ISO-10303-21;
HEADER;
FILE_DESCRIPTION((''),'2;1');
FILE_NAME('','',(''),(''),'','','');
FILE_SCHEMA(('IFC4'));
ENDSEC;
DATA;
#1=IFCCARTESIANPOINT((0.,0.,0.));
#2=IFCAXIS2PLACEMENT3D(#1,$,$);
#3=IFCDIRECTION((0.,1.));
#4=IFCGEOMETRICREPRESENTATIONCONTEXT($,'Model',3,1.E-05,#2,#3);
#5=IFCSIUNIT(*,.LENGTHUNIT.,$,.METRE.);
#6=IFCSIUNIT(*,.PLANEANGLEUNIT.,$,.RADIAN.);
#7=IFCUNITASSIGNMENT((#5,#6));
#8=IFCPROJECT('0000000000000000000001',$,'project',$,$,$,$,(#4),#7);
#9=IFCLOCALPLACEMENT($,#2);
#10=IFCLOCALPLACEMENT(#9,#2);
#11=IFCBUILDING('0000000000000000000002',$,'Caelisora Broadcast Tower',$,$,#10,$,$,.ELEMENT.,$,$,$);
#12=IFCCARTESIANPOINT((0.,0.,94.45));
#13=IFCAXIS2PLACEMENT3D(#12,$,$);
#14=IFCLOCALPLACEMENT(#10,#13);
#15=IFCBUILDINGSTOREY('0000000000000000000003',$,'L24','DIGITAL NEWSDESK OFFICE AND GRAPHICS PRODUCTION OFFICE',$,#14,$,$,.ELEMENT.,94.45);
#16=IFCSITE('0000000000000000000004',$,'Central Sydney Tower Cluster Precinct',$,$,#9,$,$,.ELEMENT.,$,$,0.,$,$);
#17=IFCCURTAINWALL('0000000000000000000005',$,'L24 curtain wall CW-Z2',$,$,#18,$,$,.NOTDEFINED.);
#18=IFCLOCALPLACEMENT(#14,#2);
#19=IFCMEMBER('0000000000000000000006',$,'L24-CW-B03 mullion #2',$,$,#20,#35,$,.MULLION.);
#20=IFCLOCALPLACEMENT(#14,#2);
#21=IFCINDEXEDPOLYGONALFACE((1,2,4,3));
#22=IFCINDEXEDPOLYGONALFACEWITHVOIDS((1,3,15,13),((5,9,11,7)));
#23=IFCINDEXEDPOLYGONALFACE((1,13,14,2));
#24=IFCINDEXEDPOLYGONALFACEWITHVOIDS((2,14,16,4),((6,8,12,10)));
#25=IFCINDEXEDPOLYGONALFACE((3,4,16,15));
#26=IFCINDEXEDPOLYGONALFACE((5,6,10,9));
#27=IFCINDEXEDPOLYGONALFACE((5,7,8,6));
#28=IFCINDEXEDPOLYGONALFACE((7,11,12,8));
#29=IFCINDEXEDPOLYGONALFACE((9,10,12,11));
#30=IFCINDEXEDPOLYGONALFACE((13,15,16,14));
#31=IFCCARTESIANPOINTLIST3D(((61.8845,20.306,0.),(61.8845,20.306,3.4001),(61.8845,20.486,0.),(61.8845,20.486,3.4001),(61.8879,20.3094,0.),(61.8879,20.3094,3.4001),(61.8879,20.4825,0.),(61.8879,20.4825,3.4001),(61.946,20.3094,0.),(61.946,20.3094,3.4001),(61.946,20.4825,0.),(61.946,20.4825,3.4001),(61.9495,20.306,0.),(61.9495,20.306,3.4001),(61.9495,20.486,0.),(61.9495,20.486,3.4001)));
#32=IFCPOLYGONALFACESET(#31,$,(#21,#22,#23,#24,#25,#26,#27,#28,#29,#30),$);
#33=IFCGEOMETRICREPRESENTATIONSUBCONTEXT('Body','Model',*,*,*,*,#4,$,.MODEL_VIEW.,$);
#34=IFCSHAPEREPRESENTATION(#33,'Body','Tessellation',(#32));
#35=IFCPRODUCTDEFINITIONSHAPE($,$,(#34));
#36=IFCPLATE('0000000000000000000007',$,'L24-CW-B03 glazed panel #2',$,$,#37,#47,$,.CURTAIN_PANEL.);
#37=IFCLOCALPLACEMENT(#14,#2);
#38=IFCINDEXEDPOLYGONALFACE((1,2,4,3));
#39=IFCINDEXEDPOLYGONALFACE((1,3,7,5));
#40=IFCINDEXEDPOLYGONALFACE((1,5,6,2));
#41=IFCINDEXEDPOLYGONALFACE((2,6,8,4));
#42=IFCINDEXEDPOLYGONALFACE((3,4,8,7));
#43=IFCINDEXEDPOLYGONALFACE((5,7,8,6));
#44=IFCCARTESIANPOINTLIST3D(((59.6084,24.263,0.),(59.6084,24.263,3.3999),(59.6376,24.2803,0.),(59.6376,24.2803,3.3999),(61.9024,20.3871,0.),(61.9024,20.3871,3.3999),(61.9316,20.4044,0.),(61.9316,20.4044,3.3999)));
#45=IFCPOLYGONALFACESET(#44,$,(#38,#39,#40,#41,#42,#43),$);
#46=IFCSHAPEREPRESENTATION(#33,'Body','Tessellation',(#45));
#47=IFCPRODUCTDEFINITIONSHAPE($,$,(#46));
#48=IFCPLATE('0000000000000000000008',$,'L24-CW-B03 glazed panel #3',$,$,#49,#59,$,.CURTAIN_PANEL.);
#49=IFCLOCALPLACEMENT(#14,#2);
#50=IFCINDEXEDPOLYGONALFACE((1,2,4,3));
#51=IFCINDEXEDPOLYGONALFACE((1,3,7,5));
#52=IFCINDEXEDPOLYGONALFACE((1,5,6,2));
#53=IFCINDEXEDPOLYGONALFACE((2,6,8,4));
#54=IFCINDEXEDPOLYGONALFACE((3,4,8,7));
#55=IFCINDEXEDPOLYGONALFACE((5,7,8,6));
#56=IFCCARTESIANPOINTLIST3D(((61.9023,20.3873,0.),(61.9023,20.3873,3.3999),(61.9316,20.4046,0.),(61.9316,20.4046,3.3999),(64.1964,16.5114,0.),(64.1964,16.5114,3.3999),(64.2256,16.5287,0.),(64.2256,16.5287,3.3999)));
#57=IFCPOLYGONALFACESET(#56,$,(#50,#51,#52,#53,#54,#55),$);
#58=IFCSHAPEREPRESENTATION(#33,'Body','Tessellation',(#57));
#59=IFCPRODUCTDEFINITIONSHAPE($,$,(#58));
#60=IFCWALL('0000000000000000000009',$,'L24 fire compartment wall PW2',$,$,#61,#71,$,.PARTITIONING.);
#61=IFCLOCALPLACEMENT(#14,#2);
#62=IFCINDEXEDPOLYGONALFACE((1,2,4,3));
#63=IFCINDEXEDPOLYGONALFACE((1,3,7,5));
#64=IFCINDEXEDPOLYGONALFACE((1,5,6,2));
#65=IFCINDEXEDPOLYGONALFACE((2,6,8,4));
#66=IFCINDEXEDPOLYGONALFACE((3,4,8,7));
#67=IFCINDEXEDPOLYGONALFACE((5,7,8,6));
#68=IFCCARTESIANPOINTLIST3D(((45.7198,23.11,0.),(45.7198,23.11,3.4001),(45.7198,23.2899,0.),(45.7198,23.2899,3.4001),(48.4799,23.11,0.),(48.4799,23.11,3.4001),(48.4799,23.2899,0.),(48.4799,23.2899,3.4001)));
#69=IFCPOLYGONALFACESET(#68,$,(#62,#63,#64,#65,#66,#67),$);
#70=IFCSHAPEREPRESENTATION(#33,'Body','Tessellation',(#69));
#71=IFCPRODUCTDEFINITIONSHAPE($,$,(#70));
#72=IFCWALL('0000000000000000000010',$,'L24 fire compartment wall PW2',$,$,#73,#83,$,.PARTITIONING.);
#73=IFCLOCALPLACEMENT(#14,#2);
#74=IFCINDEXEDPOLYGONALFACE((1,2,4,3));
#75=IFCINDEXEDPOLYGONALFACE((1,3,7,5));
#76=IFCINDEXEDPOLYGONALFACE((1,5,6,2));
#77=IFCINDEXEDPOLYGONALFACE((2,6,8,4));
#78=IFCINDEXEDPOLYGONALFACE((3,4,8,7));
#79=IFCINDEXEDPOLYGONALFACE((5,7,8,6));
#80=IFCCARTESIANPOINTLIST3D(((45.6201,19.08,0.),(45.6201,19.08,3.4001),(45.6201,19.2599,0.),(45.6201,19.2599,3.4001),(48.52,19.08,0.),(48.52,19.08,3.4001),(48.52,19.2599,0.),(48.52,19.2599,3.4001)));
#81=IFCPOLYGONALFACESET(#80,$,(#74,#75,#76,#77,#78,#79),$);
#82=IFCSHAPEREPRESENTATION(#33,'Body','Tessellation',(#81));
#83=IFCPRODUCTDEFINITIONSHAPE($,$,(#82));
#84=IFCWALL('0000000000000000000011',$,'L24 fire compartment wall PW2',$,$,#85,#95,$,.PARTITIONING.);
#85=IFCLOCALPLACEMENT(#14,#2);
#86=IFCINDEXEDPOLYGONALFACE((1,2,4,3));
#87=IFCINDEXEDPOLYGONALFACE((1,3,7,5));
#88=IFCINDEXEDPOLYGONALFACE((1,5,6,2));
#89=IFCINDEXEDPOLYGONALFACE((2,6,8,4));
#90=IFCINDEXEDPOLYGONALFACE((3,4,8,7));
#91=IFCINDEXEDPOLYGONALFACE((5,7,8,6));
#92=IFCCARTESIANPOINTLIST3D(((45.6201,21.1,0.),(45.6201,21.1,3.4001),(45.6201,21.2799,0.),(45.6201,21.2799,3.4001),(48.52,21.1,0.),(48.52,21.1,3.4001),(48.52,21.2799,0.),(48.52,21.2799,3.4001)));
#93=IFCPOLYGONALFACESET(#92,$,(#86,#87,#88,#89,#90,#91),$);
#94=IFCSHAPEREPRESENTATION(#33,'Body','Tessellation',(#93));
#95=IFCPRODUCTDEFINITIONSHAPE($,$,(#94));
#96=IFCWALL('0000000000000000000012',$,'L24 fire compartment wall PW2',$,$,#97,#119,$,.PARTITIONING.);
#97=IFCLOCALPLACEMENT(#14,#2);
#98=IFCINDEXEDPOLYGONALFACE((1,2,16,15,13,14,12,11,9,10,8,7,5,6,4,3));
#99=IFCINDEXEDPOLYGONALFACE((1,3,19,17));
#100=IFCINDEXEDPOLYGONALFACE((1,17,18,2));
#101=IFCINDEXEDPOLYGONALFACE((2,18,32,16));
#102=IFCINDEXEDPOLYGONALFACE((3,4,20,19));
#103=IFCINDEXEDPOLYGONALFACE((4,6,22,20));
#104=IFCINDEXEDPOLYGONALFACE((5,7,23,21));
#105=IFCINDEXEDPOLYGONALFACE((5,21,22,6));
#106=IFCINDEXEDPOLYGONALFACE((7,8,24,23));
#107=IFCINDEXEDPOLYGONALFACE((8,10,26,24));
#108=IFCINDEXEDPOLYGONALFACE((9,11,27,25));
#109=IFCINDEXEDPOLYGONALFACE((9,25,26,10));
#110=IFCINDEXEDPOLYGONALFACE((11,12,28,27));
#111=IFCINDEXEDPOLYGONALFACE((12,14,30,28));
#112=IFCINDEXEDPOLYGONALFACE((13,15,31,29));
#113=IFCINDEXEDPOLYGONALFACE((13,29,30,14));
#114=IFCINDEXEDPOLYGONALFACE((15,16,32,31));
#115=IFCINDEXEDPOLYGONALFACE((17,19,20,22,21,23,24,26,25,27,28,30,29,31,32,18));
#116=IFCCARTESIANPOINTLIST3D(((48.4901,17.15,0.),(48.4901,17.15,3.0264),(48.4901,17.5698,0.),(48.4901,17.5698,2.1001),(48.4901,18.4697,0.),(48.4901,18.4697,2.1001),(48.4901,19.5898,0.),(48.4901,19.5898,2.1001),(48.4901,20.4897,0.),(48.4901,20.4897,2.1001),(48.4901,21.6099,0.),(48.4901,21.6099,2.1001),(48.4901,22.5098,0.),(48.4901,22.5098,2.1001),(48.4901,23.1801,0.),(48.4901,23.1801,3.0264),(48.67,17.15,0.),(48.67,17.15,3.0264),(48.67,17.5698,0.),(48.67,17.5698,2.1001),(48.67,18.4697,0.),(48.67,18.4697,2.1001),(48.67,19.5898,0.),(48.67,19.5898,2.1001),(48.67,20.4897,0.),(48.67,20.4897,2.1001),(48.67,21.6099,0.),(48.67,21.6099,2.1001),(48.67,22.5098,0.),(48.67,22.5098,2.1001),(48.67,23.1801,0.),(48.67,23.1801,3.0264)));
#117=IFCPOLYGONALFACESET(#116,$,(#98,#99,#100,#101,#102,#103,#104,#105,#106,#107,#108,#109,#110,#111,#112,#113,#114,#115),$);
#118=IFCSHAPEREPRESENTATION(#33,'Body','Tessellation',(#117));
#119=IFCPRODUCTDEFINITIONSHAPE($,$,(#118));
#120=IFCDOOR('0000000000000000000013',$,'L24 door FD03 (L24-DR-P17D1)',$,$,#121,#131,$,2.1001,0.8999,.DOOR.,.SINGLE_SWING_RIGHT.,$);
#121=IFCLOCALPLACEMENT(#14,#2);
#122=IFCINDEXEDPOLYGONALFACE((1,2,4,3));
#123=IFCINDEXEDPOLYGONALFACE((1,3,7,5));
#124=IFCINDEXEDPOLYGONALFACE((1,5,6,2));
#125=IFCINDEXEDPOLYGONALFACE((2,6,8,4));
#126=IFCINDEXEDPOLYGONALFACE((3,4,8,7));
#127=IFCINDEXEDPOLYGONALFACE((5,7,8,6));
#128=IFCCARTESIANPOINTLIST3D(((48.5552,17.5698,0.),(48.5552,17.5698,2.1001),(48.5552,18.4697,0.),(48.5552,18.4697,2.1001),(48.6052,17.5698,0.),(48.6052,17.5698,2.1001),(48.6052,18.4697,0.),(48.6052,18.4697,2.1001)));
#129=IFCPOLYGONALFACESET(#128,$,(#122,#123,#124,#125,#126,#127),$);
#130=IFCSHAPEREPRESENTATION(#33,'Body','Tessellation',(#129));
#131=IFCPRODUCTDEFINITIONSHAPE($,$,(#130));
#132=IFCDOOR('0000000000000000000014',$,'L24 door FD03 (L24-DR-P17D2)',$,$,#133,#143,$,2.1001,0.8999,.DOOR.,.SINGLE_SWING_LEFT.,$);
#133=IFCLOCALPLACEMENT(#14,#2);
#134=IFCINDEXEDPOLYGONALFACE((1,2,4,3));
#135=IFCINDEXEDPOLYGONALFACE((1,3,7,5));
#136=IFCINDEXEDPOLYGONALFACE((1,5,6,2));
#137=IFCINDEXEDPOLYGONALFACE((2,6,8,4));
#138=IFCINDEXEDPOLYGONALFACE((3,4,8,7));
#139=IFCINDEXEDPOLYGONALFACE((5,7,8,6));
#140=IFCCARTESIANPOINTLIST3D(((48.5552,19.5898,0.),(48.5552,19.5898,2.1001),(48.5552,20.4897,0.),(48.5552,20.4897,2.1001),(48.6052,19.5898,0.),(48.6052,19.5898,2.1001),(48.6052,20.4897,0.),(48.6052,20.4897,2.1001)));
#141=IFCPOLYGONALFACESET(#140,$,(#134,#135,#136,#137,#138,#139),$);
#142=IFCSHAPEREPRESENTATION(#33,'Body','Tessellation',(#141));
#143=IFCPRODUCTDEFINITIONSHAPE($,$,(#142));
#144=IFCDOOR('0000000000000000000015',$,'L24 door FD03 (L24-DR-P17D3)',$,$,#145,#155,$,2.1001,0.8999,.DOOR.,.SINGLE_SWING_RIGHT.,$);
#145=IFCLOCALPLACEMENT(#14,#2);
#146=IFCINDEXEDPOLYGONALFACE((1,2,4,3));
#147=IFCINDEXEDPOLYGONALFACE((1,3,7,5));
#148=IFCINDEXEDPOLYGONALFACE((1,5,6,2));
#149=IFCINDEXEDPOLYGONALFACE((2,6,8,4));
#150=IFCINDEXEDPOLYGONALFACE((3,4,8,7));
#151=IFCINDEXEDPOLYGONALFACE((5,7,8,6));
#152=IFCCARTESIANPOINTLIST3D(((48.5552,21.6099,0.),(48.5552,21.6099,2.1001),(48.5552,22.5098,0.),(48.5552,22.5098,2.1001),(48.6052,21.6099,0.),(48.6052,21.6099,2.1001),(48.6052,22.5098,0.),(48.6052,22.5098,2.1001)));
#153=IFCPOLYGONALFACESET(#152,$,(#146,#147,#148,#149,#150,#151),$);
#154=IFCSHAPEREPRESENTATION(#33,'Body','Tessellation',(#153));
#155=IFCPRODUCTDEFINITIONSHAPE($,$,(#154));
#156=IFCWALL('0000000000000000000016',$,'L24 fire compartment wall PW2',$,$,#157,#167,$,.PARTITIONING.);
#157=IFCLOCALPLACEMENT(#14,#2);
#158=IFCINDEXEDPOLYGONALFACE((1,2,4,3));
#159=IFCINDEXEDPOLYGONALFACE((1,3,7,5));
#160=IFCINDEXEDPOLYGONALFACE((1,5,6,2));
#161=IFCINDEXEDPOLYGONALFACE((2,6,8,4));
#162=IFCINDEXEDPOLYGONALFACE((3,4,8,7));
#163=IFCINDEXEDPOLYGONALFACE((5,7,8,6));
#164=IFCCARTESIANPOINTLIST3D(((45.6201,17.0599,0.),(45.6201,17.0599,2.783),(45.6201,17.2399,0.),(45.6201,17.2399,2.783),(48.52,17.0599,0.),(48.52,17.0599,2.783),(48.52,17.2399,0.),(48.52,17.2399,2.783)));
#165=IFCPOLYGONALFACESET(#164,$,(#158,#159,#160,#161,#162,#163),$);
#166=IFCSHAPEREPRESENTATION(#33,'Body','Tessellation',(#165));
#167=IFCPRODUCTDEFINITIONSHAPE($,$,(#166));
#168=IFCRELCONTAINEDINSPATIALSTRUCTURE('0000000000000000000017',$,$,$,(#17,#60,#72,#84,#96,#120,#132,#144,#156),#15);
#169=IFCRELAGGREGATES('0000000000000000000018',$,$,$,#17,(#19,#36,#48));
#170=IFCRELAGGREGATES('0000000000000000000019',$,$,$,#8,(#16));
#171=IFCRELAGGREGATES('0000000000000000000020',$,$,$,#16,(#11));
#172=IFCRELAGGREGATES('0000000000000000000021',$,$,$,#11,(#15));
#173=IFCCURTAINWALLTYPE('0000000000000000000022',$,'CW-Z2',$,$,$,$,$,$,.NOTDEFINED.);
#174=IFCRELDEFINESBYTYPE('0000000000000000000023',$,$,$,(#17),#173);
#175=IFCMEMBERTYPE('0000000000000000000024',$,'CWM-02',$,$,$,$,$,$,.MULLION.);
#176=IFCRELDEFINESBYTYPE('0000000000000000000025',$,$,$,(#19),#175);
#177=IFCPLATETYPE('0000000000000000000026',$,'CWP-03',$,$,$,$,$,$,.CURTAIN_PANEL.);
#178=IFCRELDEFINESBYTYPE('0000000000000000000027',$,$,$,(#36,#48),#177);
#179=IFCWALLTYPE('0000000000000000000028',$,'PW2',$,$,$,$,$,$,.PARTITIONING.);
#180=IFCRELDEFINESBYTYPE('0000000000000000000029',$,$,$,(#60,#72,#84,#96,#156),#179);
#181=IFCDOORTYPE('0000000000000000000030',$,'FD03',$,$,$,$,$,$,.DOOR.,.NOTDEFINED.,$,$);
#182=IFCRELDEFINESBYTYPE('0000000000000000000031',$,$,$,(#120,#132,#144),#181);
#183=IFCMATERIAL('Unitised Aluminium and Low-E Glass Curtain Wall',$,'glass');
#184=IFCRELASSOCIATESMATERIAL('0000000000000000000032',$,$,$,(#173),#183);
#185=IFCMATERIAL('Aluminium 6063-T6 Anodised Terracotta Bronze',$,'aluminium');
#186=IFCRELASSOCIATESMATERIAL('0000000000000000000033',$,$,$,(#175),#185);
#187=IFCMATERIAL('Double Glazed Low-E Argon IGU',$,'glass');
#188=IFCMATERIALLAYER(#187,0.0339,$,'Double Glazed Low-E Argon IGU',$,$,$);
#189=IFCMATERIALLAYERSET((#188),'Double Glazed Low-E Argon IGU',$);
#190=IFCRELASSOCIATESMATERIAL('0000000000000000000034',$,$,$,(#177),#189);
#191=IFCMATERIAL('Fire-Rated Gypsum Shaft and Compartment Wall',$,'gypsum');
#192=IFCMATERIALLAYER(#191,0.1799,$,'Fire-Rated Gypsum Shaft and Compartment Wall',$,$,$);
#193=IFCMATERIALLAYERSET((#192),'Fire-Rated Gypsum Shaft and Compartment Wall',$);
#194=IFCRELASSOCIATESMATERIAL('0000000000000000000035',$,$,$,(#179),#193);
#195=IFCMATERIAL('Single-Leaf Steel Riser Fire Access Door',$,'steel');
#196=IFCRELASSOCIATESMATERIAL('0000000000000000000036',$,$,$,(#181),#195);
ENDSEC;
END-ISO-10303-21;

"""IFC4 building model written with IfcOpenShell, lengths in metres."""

from ifc_helpers import new_model, si_unit, direction, frame, frame_2d, origin, origin_2d, place, context, subcontext, project, spatial, rectangle, hollow_rectangle, extrude, source, transform, mapped, material, layer, layer_set, material_profile, profile_set, type_object, type_shapes, element, fill, aggregate, save


model = new_model("IFC4")

# Units and contexts
model_context = context("Model", 3, precision=1e-05, world=origin(), true_north=direction((0.0, 1.0)))
body_context = subcontext(model_context, "Body", "Model", "MODEL_VIEW")
ifc_project = project(units=[si_unit("LENGTHUNIT", "METRE"), si_unit("PLANEANGLEUNIT", "RADIAN")], contexts=[model_context])

# Site, building, storey
site_placement = place(None, origin())
site = spatial("IfcSite", under=ifc_project, at=site_placement, Name="Central Sydney Tower Cluster Precinct", CompositionType="ELEMENT", RefElevation=0.0)
building_placement = place(site_placement, origin())
building = spatial("IfcBuilding", under=site, at=building_placement, Name="Caelisora Broadcast Tower", CompositionType="ELEMENT")
storey_placement = place(building_placement, frame((0.0, 0.0, 94.45)))
storey = spatial("IfcBuildingStorey", under=building, at=storey_placement, Name="L24", Description="DIGITAL NEWSDESK OFFICE AND GRAPHICS PRODUCTION OFFICE", CompositionType="ELEMENT", Elevation=94.45)

# Curtain wall, member, plates
ifc_material_1 = material(Name="Unitised Aluminium and Low-E Glass Curtain Wall", Category="glass")
curtain_wall_type = type_object("IfcCurtainWallType", Name="CW-Z2", PredefinedType="NOTDEFINED", material=ifc_material_1)
curtain_wall_placement = place(storey_placement, origin())
curtain_wall = element("IfcCurtainWall", 1, at=curtain_wall_placement, inside=storey, type_object=curtain_wall_type, Name="L24 curtain wall CW-Z2", PredefinedType="NOTDEFINED")
ifc_material_2 = material(Name="Aluminium 6063-T6 Anodised Terracotta Bronze", Category="aluminium")
ifc_material_profile_1 = material_profile(ifc_material_2, hollow_rectangle(XDim=0.0649, YDim=0.1799, WallThickness=0.0034, at=origin_2d()), Name="Aluminium 6063-T6 Anodised Terracotta Bronze")
ifc_profile_set_1 = profile_set([ifc_material_profile_1], Name="Aluminium 6063-T6 Anodised Terracotta Bronze")
member_type = type_object("IfcMemberType", Name="CWM-02", PredefinedType="MULLION", material=ifc_profile_set_1)
shared_shape_1 = source(origin(), body_context, "Body", "SweptSolid", [
    extrude(hollow_rectangle(XDim=0.0649, YDim=0.1799, WallThickness=0.0034, at=origin_2d()), origin(), (0.0, 0.0, 1.0), 3.4001),
])
type_shapes(member_type, [shared_shape_1])
member_placement = place(storey_placement, frame((61.917, 20.396, 0.0), z_axis=(0.0, 0.0, 1.0), x_axis=(1.0, 0.0, 0.0)))
member = element("IfcMember", 2, at=member_placement, type_object=member_type, Name="L24-CW-B03 mullion #2", PredefinedType="MULLION", context=body_context, shape_type="MappedRepresentation", body=[
    mapped(shared_shape_1, transform((0.0, 0.0, 0.0), scale=1.0)),
])
ifc_material_3 = material(Name="Double Glazed Low-E Argon IGU", Category="glass")
ifc_layer_1 = layer(ifc_material_3, 0.0339, Name="Double Glazed Low-E Argon IGU")
ifc_layer_set_1 = layer_set([ifc_layer_1], Name="Double Glazed Low-E Argon IGU")
plate_type = type_object("IfcPlateType", Name="CWP-03", PredefinedType="CURTAIN_PANEL", material=ifc_layer_set_1)
shared_shape_2 = source(origin(), body_context, "Body", "SweptSolid", [
    extrude(rectangle(XDim=4.5039, YDim=0.0339, at=origin_2d()), origin(), (0.0, 0.0, 1.0), 3.3999),
])
type_shapes(plate_type, [shared_shape_2])
plate_1_placement = place(storey_placement, frame((60.77, 22.3337, 0.0), z_axis=(0.0, 0.0, 1.0), x_axis=(0.509342, -0.860564, 0.0)))
plate_1 = element("IfcPlate", 3, at=plate_1_placement, type_object=plate_type, Name="L24-CW-B03 glazed panel #2", PredefinedType="CURTAIN_PANEL", context=body_context, shape_type="MappedRepresentation", body=[
    mapped(shared_shape_2, transform((0.0, 0.0, 0.0), scale=1.0)),
])
plate_2_placement = place(storey_placement, frame((63.064, 18.458, 0.0), z_axis=(0.0, 0.0, 1.0), x_axis=(0.509342, -0.860564, 0.0)))
plate_2 = element("IfcPlate", 4, at=plate_2_placement, type_object=plate_type, Name="L24-CW-B03 glazed panel #3", PredefinedType="CURTAIN_PANEL", context=body_context, shape_type="MappedRepresentation", body=[
    mapped(shared_shape_2, transform((0.0, 0.0, 0.0), scale=1.0)),
])
aggregate(curtain_wall, [member, plate_1, plate_2])

# Walls
ifc_material_4 = material(Name="Fire-Rated Gypsum Shaft and Compartment Wall", Category="gypsum")
ifc_layer_2 = layer(ifc_material_4, 0.1799, Name="Fire-Rated Gypsum Shaft and Compartment Wall")
ifc_layer_set_2 = layer_set([ifc_layer_2], Name="Fire-Rated Gypsum Shaft and Compartment Wall")
wall_type_1 = type_object("IfcWallType", Name="PW2", PredefinedType="PARTITIONING", material=ifc_layer_set_2)
wall_1_placement = place(storey_placement, frame((45.72, 23.2, 0.0), z_axis=(0.0, 0.0, 1.0), x_axis=(1.0, 0.0, 0.0)))
element("IfcWall", 5, at=wall_1_placement, inside=storey, type_object=wall_type_1, Name="L24 fire compartment wall PW2", PredefinedType="PARTITIONING", context=body_context, shape_type="SweptSolid", body=[
    extrude(rectangle(XDim=2.76, YDim=0.1799, at=frame_2d((1.3799, 0.0))), origin(), (0.0, 0.0, 1.0), 3.4001),
])
for number, where, z_axis, x_axis, name in (
    (6, (45.6201, 19.1699, 0.0), (0.0, 0.0, 1.0), (1.0, 0.0, 0.0), "L24 fire compartment wall PW2"),
    (7, (45.6201, 21.1899, 0.0), (0.0, 0.0, 1.0), (1.0, 0.0, 0.0), "L24 fire compartment wall PW2"),
):
    element("IfcWall", number, at=place(storey_placement, frame(where, z_axis=z_axis, x_axis=x_axis)), inside=storey, type_object=wall_type_1, Name=name, PredefinedType="PARTITIONING", context=body_context, shape_type="SweptSolid", body=[
        extrude(rectangle(XDim=2.8999, YDim=0.1799, at=frame_2d((1.45, 0.0))), origin(), (0.0, 0.0, 1.0), 3.4001),
    ])

# Wall, openings, doors
wall_2_placement = place(storey_placement, frame((48.5801, 17.1499, 0.0), z_axis=(0.0, 0.0, 1.0), x_axis=(0.0, 1.0, 0.0)))
wall_2 = element("IfcWall", 8, at=wall_2_placement, inside=storey, type_object=wall_type_1, Name="L24 fire compartment wall PW2", PredefinedType="PARTITIONING", context=body_context, shape_type="SweptSolid", body=[
    extrude(rectangle(XDim=6.03, YDim=0.1799, at=frame_2d((3.0151, 0.0))), origin(), (0.0, 0.0, 1.0), 3.0264),
])
opening_1_placement = place(wall_2_placement, frame((0.4199, 0.0, 0.0)))
opening_1 = element("IfcOpeningElement", 9, at=opening_1_placement, cuts=wall_2, PredefinedType="OPENING", context=body_context, shape_type="SweptSolid", body=[
    extrude(rectangle(XDim=0.8999, YDim=2.1001, at=frame_2d((0.45, 1.05))), frame((0.0, 0.1021, 0.0), z_axis=(0.0, -1.0, 0.0), x_axis=(1.0, 0.0, 0.0)), (0.0, 0.0, 1.0), 0.2039),
])
opening_2_placement = place(wall_2_placement, frame((2.4399, 0.0, 0.0)))
opening_2 = element("IfcOpeningElement", 10, at=opening_2_placement, cuts=wall_2, PredefinedType="OPENING", context=body_context, shape_type="SweptSolid", body=[
    extrude(rectangle(XDim=0.8999, YDim=2.1001, at=frame_2d((0.45, 1.05))), frame((0.0, 0.1021, 0.0), z_axis=(0.0, -1.0, 0.0), x_axis=(1.0, 0.0, 0.0)), (0.0, 0.0, 1.0), 0.2039),
])
opening_3_placement = place(wall_2_placement, frame((4.46, 0.0, 0.0)))
opening_3 = element("IfcOpeningElement", 11, at=opening_3_placement, cuts=wall_2, PredefinedType="OPENING", context=body_context, shape_type="SweptSolid", body=[
    extrude(rectangle(XDim=0.8999, YDim=2.1001, at=frame_2d((0.45, 1.05))), frame((0.0, 0.1021, 0.0), z_axis=(0.0, -1.0, 0.0), x_axis=(1.0, 0.0, 0.0)), (0.0, 0.0, 1.0), 0.2039),
])
ifc_material_5 = material(Name="Single-Leaf Steel Riser Fire Access Door", Category="steel")
door_type_1 = type_object("IfcDoorType", Name="FD03", OperationType="NOTDEFINED", PredefinedType="DOOR", material=ifc_material_5)
door_1_placement = place(opening_1_placement, origin())
door_1 = element("IfcDoor", 12, at=door_1_placement, inside=storey, type_object=door_type_1, Name="L24 door FD03 (L24-DR-P17D1)", OperationType="SINGLE_SWING_RIGHT", OverallHeight=2.1001, OverallWidth=0.8999, PredefinedType="DOOR", context=body_context, shape_type="SweptSolid", body=[
    extrude(rectangle(XDim=0.8999, YDim=2.1001, at=frame_2d((0.45, 1.05))), frame((0.0, 0.0249, 0.0), z_axis=(0.0, -1.0, 0.0), x_axis=(1.0, 0.0, 0.0)), (0.0, 0.0, 1.0), 0.05),
])
fill(opening_1, door_1)
door_2_placement = place(opening_2_placement, origin())
door_2 = element("IfcDoor", 13, at=door_2_placement, inside=storey, type_object=door_type_1, Name="L24 door FD03 (L24-DR-P17D2)", OperationType="SINGLE_SWING_LEFT", OverallHeight=2.1001, OverallWidth=0.8999, PredefinedType="DOOR", context=body_context, shape_type="SweptSolid", body=[
    extrude(rectangle(XDim=0.8999, YDim=2.1001, at=frame_2d((0.45, 1.05))), frame((0.0, 0.0249, 0.0), z_axis=(0.0, -1.0, 0.0), x_axis=(1.0, 0.0, 0.0)), (0.0, 0.0, 1.0), 0.05),
])
fill(opening_2, door_2)
door_3_placement = place(opening_3_placement, origin())
door_3 = element("IfcDoor", 14, at=door_3_placement, inside=storey, type_object=door_type_1, Name="L24 door FD03 (L24-DR-P17D3)", OperationType="SINGLE_SWING_RIGHT", OverallHeight=2.1001, OverallWidth=0.8999, PredefinedType="DOOR", context=body_context, shape_type="SweptSolid", body=[
    extrude(rectangle(XDim=0.8999, YDim=2.1001, at=frame_2d((0.45, 1.05))), frame((0.0, 0.0249, 0.0), z_axis=(0.0, -1.0, 0.0), x_axis=(1.0, 0.0, 0.0)), (0.0, 0.0, 1.0), 0.05),
])
fill(opening_3, door_3)

# Wall
wall_3_placement = place(storey_placement, frame((45.6201, 17.1499, 0.0), z_axis=(0.0, 0.0, 1.0), x_axis=(1.0, 0.0, 0.0)))
element("IfcWall", 15, at=wall_3_placement, inside=storey, type_object=wall_type_1, Name="L24 fire compartment wall PW2", PredefinedType="PARTITIONING", context=body_context, shape_type="SweptSolid", body=[
    extrude(rectangle(XDim=2.8999, YDim=0.1799, at=frame_2d((1.45, 0.0))), origin(), (0.0, 0.0, 1.0), 2.783),
])

save(model, "model.ifc")
